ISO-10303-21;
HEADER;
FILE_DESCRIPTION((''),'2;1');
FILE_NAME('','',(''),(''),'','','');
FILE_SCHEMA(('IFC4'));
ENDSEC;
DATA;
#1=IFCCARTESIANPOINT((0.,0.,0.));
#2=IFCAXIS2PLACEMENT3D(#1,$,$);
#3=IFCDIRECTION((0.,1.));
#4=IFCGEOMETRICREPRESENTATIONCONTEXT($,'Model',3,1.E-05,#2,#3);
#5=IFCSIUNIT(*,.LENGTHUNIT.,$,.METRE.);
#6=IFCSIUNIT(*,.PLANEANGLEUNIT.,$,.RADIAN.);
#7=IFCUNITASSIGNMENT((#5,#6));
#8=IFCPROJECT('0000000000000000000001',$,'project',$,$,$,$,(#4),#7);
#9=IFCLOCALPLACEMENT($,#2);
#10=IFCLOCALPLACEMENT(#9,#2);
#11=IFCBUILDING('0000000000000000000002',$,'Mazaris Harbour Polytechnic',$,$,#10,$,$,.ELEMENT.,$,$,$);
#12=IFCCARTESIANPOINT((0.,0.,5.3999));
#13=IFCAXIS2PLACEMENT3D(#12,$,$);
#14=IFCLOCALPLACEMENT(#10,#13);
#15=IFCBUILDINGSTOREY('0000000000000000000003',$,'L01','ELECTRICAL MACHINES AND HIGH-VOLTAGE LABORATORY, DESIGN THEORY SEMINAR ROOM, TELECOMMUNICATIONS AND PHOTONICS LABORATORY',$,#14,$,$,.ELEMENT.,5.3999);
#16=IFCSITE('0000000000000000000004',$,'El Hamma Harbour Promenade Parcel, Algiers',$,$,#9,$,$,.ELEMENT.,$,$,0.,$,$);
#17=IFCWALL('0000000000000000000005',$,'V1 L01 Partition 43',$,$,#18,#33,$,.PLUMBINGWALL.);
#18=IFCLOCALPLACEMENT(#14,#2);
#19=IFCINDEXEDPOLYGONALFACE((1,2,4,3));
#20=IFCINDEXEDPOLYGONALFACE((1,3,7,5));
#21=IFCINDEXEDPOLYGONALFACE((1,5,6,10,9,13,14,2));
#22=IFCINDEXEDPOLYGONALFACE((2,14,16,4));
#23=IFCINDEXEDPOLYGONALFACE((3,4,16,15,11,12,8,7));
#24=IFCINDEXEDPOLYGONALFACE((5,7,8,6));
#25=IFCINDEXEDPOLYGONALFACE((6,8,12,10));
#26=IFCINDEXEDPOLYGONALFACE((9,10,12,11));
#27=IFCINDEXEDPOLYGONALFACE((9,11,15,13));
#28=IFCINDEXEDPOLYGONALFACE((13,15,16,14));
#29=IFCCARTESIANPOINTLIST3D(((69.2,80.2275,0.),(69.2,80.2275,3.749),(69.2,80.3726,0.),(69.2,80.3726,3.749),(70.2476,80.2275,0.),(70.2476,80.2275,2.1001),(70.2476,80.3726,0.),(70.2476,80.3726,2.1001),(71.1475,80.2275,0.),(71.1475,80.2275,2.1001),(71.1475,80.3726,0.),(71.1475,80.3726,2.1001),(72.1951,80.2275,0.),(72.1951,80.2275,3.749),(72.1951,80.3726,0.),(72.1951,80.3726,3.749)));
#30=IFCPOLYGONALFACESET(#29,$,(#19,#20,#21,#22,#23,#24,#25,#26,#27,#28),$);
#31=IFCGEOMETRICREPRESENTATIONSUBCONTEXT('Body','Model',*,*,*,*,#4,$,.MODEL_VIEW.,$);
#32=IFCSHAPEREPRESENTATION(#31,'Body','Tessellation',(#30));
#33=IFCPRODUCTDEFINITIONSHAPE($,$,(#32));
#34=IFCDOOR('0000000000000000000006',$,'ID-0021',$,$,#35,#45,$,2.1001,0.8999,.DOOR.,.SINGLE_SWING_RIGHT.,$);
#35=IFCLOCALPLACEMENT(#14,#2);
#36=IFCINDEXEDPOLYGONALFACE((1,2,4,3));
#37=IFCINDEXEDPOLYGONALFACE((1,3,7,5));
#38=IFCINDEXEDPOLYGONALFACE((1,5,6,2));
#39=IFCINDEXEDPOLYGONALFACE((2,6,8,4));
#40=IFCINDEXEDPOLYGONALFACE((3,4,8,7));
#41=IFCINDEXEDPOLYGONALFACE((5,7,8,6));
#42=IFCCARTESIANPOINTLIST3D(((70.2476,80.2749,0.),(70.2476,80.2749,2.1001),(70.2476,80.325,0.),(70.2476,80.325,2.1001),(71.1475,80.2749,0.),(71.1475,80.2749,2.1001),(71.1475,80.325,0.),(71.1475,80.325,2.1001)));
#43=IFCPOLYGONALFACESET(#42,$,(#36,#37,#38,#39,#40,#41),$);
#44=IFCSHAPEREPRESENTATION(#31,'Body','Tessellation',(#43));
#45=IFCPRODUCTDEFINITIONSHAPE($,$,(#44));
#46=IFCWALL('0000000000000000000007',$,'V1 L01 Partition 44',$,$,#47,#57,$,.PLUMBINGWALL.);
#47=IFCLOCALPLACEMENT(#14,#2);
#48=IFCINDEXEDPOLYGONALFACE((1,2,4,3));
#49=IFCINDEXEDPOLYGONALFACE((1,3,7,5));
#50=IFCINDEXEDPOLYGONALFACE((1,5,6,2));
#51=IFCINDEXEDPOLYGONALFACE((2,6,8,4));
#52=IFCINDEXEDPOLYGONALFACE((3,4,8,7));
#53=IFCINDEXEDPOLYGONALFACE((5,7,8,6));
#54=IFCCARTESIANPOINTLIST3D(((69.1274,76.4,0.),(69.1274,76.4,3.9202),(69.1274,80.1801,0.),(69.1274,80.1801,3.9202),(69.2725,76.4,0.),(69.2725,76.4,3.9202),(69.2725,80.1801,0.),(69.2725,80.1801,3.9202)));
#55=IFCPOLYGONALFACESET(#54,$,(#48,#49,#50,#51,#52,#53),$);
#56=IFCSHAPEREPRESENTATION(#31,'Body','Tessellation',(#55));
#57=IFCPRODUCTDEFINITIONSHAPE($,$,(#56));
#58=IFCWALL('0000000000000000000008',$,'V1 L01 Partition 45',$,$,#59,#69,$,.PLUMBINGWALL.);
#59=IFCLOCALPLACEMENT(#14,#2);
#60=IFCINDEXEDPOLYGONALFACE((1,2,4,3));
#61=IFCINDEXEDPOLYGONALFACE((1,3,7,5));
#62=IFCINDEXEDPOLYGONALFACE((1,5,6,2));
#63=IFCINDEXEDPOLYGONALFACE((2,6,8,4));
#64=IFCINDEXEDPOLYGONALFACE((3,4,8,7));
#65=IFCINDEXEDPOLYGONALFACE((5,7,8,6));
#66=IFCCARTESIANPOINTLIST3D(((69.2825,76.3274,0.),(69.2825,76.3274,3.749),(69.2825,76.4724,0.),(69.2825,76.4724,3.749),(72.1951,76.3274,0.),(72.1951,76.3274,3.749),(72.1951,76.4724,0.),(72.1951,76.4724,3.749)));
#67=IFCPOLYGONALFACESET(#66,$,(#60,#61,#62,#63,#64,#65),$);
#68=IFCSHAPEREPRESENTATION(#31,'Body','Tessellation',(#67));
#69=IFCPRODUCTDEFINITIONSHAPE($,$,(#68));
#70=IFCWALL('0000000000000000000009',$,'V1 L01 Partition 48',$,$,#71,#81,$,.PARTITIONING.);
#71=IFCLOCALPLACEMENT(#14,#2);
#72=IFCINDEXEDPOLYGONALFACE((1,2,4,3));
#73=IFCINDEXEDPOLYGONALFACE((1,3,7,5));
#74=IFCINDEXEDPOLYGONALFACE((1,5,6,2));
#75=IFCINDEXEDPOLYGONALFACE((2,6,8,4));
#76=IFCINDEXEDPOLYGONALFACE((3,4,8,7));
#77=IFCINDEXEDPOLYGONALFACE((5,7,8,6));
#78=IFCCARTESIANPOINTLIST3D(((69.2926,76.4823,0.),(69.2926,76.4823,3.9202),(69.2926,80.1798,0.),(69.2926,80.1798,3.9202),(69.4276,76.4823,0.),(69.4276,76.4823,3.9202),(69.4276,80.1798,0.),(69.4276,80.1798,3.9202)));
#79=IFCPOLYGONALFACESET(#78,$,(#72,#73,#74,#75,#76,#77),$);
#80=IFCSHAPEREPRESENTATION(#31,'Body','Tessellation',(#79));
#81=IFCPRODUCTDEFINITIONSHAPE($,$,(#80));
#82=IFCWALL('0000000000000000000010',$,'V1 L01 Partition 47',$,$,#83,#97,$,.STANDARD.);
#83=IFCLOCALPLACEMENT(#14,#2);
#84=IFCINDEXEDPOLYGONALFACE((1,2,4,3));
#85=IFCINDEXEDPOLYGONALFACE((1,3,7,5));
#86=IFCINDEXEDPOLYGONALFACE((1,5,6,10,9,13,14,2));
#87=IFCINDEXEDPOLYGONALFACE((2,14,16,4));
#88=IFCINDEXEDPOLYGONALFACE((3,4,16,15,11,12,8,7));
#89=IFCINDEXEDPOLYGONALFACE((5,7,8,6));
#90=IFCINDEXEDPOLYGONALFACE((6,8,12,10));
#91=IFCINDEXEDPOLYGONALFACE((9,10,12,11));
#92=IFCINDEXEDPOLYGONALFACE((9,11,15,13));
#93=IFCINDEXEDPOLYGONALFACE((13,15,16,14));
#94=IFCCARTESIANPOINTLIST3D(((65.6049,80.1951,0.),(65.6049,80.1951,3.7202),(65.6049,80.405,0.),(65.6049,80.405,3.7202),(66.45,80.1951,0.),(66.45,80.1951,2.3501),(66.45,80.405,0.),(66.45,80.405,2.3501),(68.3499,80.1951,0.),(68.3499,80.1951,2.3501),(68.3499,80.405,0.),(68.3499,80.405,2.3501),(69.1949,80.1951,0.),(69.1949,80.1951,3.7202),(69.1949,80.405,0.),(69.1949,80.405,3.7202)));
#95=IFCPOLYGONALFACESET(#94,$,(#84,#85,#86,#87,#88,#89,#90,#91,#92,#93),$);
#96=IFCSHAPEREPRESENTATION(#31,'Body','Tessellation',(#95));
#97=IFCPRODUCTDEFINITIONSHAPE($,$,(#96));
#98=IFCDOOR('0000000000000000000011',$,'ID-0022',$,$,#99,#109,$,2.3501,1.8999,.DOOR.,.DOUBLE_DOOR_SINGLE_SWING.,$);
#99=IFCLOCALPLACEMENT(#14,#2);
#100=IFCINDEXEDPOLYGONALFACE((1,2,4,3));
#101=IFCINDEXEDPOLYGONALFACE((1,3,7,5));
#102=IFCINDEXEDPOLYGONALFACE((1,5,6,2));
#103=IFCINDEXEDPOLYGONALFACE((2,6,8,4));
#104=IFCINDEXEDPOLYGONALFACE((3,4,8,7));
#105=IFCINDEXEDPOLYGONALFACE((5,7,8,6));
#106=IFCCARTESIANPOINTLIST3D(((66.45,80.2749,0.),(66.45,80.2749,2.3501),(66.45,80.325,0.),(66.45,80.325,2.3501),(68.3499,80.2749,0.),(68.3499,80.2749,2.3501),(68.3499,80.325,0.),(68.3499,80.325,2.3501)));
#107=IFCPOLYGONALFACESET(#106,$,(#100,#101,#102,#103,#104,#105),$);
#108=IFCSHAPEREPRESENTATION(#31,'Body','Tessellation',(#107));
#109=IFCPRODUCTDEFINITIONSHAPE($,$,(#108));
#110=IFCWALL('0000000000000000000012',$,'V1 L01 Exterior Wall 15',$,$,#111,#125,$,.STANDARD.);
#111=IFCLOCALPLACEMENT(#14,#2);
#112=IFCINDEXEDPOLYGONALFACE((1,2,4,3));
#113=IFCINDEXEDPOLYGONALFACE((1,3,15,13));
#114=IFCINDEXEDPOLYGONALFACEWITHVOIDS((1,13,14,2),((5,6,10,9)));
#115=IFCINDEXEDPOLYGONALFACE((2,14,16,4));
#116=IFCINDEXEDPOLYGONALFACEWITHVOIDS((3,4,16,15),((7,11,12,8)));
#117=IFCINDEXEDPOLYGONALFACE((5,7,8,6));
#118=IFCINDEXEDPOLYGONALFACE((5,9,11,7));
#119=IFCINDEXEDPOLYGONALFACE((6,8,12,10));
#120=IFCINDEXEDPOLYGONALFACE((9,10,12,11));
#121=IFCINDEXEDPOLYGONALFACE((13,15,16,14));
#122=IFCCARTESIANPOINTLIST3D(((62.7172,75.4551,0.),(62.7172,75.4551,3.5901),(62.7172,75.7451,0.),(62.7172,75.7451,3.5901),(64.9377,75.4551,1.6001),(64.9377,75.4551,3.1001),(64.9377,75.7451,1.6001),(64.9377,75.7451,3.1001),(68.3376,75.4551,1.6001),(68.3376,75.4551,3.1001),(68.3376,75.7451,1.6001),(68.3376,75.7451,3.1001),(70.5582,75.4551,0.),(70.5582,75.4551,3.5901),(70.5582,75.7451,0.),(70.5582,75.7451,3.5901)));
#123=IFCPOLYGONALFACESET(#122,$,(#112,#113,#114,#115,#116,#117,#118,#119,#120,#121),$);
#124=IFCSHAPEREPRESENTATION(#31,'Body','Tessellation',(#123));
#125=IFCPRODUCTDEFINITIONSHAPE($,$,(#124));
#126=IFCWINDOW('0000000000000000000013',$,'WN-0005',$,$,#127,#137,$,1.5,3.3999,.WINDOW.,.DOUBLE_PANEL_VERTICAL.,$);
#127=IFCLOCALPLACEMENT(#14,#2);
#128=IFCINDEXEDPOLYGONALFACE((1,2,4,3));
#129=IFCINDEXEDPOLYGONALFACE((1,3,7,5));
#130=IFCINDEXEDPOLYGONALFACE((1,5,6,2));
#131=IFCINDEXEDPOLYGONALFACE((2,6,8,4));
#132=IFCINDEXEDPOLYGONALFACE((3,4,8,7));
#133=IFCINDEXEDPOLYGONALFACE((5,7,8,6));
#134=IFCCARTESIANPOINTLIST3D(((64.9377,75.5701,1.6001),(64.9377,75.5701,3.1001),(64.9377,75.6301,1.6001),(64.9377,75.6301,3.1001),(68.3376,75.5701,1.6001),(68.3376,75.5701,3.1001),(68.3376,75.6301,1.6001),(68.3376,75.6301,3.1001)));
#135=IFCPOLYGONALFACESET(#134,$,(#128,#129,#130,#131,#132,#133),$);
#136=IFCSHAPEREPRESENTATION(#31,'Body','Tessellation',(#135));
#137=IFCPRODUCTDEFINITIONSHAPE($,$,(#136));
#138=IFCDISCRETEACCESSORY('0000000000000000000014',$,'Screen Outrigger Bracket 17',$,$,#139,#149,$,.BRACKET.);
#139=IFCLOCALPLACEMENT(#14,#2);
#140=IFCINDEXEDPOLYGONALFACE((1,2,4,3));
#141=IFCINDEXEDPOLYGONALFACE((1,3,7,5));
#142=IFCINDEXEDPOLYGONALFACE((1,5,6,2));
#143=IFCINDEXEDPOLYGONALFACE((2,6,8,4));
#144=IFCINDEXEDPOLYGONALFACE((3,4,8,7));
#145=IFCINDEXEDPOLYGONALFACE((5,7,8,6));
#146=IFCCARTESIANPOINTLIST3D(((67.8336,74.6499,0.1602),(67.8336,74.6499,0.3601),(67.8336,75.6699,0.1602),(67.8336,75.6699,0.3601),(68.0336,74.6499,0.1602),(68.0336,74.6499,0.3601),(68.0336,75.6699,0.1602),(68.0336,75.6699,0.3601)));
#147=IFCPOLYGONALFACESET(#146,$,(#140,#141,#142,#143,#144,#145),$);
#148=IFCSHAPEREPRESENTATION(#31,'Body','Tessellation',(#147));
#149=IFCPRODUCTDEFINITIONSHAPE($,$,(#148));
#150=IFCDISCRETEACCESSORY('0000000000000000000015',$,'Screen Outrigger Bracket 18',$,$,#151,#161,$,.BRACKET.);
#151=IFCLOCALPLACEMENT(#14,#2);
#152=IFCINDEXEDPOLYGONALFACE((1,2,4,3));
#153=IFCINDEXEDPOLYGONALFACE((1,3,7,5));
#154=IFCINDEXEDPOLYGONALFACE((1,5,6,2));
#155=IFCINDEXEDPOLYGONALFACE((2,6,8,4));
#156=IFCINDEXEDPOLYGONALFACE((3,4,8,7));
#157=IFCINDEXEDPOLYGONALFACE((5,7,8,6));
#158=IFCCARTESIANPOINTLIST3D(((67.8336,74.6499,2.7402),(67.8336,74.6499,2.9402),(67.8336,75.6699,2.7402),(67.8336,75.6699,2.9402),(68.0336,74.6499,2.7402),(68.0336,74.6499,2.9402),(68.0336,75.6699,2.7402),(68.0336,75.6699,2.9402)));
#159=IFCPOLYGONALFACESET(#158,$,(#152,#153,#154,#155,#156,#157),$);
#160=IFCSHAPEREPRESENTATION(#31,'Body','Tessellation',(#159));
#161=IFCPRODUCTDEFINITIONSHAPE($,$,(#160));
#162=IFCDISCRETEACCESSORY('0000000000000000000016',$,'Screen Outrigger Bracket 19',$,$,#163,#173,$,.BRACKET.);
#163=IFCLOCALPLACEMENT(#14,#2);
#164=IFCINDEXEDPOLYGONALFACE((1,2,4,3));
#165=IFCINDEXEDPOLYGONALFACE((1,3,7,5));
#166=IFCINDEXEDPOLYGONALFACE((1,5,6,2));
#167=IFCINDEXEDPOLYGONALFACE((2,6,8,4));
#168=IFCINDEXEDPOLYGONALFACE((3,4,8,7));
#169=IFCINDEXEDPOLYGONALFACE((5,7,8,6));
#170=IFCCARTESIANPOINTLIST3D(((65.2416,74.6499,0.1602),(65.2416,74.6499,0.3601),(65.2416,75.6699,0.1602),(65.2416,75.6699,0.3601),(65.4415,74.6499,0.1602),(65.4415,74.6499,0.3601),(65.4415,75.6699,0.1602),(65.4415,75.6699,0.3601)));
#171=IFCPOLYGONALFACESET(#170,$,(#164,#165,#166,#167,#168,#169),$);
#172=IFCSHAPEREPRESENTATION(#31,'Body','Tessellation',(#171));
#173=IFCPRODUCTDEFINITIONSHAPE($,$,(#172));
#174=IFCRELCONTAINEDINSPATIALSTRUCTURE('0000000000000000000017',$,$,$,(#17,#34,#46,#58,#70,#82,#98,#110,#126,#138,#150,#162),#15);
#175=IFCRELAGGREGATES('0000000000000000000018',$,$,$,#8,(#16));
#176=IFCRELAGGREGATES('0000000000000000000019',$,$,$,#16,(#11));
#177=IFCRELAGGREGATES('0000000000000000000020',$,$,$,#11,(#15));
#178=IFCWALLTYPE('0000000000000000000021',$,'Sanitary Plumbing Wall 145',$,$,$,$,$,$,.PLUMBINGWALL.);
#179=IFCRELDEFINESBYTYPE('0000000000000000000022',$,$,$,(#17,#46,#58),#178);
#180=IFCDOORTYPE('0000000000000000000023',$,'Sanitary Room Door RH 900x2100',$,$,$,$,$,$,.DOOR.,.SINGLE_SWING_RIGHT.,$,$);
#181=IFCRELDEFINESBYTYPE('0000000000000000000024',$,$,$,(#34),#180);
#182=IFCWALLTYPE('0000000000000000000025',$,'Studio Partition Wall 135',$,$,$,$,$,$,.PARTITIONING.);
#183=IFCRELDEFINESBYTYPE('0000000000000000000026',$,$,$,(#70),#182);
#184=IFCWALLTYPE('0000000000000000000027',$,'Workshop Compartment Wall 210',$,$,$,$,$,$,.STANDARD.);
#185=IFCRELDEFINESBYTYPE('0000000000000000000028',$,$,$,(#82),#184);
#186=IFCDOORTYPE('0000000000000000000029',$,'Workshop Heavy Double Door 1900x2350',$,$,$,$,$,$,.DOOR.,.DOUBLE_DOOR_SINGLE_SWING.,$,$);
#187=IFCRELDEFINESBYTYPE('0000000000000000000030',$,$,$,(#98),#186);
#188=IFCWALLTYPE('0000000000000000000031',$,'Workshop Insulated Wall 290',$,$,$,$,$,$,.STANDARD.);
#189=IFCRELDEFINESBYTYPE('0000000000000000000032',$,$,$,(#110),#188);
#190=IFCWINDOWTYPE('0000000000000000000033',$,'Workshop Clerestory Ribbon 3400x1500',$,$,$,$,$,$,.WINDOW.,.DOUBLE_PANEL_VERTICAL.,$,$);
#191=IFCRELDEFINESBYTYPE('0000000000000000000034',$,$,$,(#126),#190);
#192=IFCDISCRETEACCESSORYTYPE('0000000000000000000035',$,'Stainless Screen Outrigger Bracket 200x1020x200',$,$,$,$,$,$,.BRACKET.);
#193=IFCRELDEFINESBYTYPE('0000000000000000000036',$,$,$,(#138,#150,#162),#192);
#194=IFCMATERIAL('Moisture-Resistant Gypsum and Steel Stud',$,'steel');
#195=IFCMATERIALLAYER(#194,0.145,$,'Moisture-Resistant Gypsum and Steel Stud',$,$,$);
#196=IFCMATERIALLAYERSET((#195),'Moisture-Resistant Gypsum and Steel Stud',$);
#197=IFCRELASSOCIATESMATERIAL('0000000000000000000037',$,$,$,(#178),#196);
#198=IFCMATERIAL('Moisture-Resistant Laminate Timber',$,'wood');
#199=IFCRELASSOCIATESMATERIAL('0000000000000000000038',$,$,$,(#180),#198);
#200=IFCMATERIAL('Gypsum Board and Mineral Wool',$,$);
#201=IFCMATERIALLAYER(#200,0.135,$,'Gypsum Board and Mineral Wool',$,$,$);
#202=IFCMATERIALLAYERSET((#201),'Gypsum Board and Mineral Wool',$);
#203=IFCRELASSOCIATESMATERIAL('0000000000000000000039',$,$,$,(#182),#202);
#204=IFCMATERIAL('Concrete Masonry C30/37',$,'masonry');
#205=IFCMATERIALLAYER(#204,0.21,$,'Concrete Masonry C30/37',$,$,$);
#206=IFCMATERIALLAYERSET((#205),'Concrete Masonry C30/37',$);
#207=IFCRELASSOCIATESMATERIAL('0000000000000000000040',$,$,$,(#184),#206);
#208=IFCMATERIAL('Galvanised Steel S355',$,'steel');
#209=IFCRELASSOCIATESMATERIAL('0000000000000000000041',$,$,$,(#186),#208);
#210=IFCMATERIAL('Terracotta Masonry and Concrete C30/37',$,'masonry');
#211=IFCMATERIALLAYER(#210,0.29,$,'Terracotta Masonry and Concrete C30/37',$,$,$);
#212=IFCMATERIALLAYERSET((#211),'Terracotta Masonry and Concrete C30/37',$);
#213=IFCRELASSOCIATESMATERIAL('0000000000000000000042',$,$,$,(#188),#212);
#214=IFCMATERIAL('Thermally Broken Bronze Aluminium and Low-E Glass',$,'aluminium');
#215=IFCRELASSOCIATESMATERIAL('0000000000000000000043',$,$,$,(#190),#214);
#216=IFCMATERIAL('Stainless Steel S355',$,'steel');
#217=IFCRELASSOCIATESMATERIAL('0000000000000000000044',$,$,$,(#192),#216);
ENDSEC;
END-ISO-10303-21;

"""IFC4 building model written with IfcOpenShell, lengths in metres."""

from ifc_helpers import new_model, si_unit, direction, frame, frame_2d, origin, origin_2d, place, context, subcontext, project, spatial, rectangle, extrude, material, layer, layer_set, type_object, element, fill, save


model = new_model("IFC4")

# Units and contexts
model_context = context("Model", 3, precision=1e-05, world=origin(), true_north=direction((0.0, 1.0)))
body_context = subcontext(model_context, "Body", "Model", "MODEL_VIEW")
ifc_project = project(units=[si_unit("LENGTHUNIT", "METRE"), si_unit("PLANEANGLEUNIT", "RADIAN")], contexts=[model_context])

# Site, building, storey
site_placement = place(None, origin())
site = spatial("IfcSite", under=ifc_project, at=site_placement, Name="El Hamma Harbour Promenade Parcel, Algiers", CompositionType="ELEMENT", RefElevation=0.0)
building_placement = place(site_placement, origin())
building = spatial("IfcBuilding", under=site, at=building_placement, Name="Mazaris Harbour Polytechnic", CompositionType="ELEMENT")
storey_placement = place(building_placement, frame((0.0, 0.0, 5.3999)))
storey = spatial("IfcBuildingStorey", under=building, at=storey_placement, Name="L01", Description="ELECTRICAL MACHINES AND HIGH-VOLTAGE LABORATORY, DESIGN THEORY SEMINAR ROOM, TELECOMMUNICATIONS AND PHOTONICS LABORATORY", CompositionType="ELEMENT", Elevation=5.3999)

# Wall, opening, door
ifc_material_1 = material(Name="Moisture-Resistant Gypsum and Steel Stud", Category="steel")
ifc_layer_1 = layer(ifc_material_1, 0.145, Name="Moisture-Resistant Gypsum and Steel Stud")
ifc_layer_set_1 = layer_set([ifc_layer_1], Name="Moisture-Resistant Gypsum and Steel Stud")
wall_type_1 = type_object("IfcWallType", Name="Sanitary Plumbing Wall 145", PredefinedType="PLUMBINGWALL", material=ifc_layer_set_1)
wall_1_placement = place(storey_placement, frame((69.2, 80.3, 0.0), z_axis=(0.0, 0.0, 1.0), x_axis=(1.0, 0.0, 0.0)))
wall_1 = element("IfcWall", 1, at=wall_1_placement, inside=storey, type_object=wall_type_1, Name="V1 L01 Partition 43", PredefinedType="PLUMBINGWALL", context=body_context, shape_type="SweptSolid", body=[
    extrude(rectangle(XDim=2.9951, YDim=0.145, at=frame_2d((1.4976, 0.0))), origin(), (0.0, 0.0, 1.0), 3.749),
])
opening_1_placement = place(wall_1_placement, frame((1.0476, 0.0, 0.0)))
opening_1 = element("IfcOpeningElement", 2, at=opening_1_placement, cuts=wall_1, PredefinedType="OPENING", context=body_context, shape_type="SweptSolid", body=[
    extrude(rectangle(XDim=0.8999, YDim=2.1001, at=frame_2d((0.45, 1.05))), frame((0.0, 0.0825, 0.0), z_axis=(0.0, -1.0, 0.0), x_axis=(1.0, 0.0, 0.0)), (0.0, 0.0, 1.0), 0.165),
])
ifc_material_2 = material(Name="Moisture-Resistant Laminate Timber", Category="wood")
door_type_1 = type_object("IfcDoorType", Name="Sanitary Room Door RH 900x2100", OperationType="SINGLE_SWING_RIGHT", PredefinedType="DOOR", material=ifc_material_2)
door_1_placement = place(opening_1_placement, origin())
door_1 = element("IfcDoor", 3, at=door_1_placement, inside=storey, type_object=door_type_1, Name="ID-0021", OperationType="SINGLE_SWING_RIGHT", OverallHeight=2.1001, OverallWidth=0.8999, PredefinedType="DOOR", context=body_context, shape_type="SweptSolid", body=[
    extrude(rectangle(XDim=0.8999, YDim=2.1001, at=frame_2d((0.45, 1.05))), frame((0.0, 0.0249, 0.0), z_axis=(0.0, -1.0, 0.0), x_axis=(1.0, 0.0, 0.0)), (0.0, 0.0, 1.0), 0.05),
])
fill(opening_1, door_1)

# Walls
wall_2_placement = place(storey_placement, frame((69.2, 76.3999, 0.0), z_axis=(0.0, 0.0, 1.0), x_axis=(0.0, 1.0, 0.0)))
element("IfcWall", 4, at=wall_2_placement, inside=storey, type_object=wall_type_1, Name="V1 L01 Partition 44", PredefinedType="PLUMBINGWALL", context=body_context, shape_type="SweptSolid", body=[
    extrude(rectangle(XDim=3.78, YDim=0.145, at=frame_2d((1.8901, 0.0))), origin(), (0.0, 0.0, 1.0), 3.9202),
])
wall_3_placement = place(storey_placement, frame((69.2825, 76.3999, 0.0), z_axis=(0.0, 0.0, 1.0), x_axis=(1.0, 0.0, 0.0)))
element("IfcWall", 5, at=wall_3_placement, inside=storey, type_object=wall_type_1, Name="V1 L01 Partition 45", PredefinedType="PLUMBINGWALL", context=body_context, shape_type="SweptSolid", body=[
    extrude(rectangle(XDim=2.9126, YDim=0.145, at=frame_2d((1.4563, 0.0))), origin(), (0.0, 0.0, 1.0), 3.749),
])
ifc_material_3 = material(Name="Gypsum Board and Mineral Wool")
ifc_layer_2 = layer(ifc_material_3, 0.135, Name="Gypsum Board and Mineral Wool")
ifc_layer_set_2 = layer_set([ifc_layer_2], Name="Gypsum Board and Mineral Wool")
wall_type_2 = type_object("IfcWallType", Name="Studio Partition Wall 135", PredefinedType="PARTITIONING", material=ifc_layer_set_2)
wall_4_placement = place(storey_placement, frame((69.3601, 76.4824, 0.0), z_axis=(0.0, 0.0, 1.0), x_axis=(0.0, 1.0, 0.0)))
element("IfcWall", 6, at=wall_4_placement, inside=storey, type_object=wall_type_2, Name="V1 L01 Partition 48", PredefinedType="PARTITIONING", context=body_context, shape_type="SweptSolid", body=[
    extrude(rectangle(XDim=3.6975, YDim=0.135, at=frame_2d((1.8486, 0.0))), origin(), (0.0, 0.0, 1.0), 3.9202),
])

# Wall, opening, door
ifc_material_4 = material(Name="Concrete Masonry C30/37", Category="masonry")
ifc_layer_3 = layer(ifc_material_4, 0.21, Name="Concrete Masonry C30/37")
ifc_layer_set_3 = layer_set([ifc_layer_3], Name="Concrete Masonry C30/37")
wall_type_3 = type_object("IfcWallType", Name="Workshop Compartment Wall 210", PredefinedType="STANDARD", material=ifc_layer_set_3)
wall_5_placement = place(storey_placement, frame((65.605, 80.3, 0.0), z_axis=(0.0, 0.0, 1.0), x_axis=(1.0, 0.0, 0.0)))
wall_5 = element("IfcWall", 7, at=wall_5_placement, inside=storey, type_object=wall_type_3, Name="V1 L01 Partition 47", PredefinedType="STANDARD", context=body_context, shape_type="SweptSolid", body=[
    extrude(rectangle(XDim=3.5901, YDim=0.21, at=frame_2d((1.7949, 0.0))), origin(), (0.0, 0.0, 1.0), 3.7202),
])
opening_2_placement = place(wall_5_placement, frame((0.845, 0.0, 0.0)))
opening_2 = element("IfcOpeningElement", 8, at=opening_2_placement, cuts=wall_5, PredefinedType="OPENING", context=body_context, shape_type="SweptSolid", body=[
    extrude(rectangle(XDim=1.8999, YDim=2.3501, at=frame_2d((0.95, 1.175))), frame((0.0, 0.115, 0.0), z_axis=(0.0, -1.0, 0.0), x_axis=(1.0, 0.0, 0.0)), (0.0, 0.0, 1.0), 0.23),
])
ifc_material_5 = material(Name="Galvanised Steel S355", Category="steel")
door_type_2 = type_object("IfcDoorType", Name="Workshop Heavy Double Door 1900x2350", OperationType="DOUBLE_DOOR_SINGLE_SWING", PredefinedType="DOOR", material=ifc_material_5)
door_2_placement = place(opening_2_placement, origin())
door_2 = element("IfcDoor", 9, at=door_2_placement, inside=storey, type_object=door_type_2, Name="ID-0022", OperationType="DOUBLE_DOOR_SINGLE_SWING", OverallHeight=2.3501, OverallWidth=1.8999, PredefinedType="DOOR", context=body_context, shape_type="SweptSolid", body=[
    extrude(rectangle(XDim=1.8999, YDim=2.3501, at=frame_2d((0.95, 1.175))), frame((0.0, 0.0249, 0.0), z_axis=(0.0, -1.0, 0.0), x_axis=(1.0, 0.0, 0.0)), (0.0, 0.0, 1.0), 0.05),
])
fill(opening_2, door_2)

# Wall, opening, window
ifc_material_6 = material(Name="Terracotta Masonry and Concrete C30/37", Category="masonry")
ifc_layer_4 = layer(ifc_material_6, 0.29, Name="Terracotta Masonry and Concrete C30/37")
ifc_layer_set_4 = layer_set([ifc_layer_4], Name="Terracotta Masonry and Concrete C30/37")
wall_type_4 = type_object("IfcWallType", Name="Workshop Insulated Wall 290", PredefinedType="STANDARD", material=ifc_layer_set_4)
wall_6_placement = place(storey_placement, frame((70.5581, 75.6001, 0.0), z_axis=(0.0, 0.0, 1.0), x_axis=(-1.0, 0.0, 0.0)))
wall_6 = element("IfcWall", 10, at=wall_6_placement, inside=storey, type_object=wall_type_4, Name="V1 L01 Exterior Wall 15", PredefinedType="STANDARD", context=body_context, shape_type="SweptSolid", body=[
    extrude(rectangle(XDim=7.8411, YDim=0.29, at=frame_2d((3.9204, 0.0))), origin(), (0.0, 0.0, 1.0), 3.5901),
])
opening_3_placement = place(wall_6_placement, frame((2.2205, 0.0, 1.6001)))
opening_3 = element("IfcOpeningElement", 11, at=opening_3_placement, cuts=wall_6, PredefinedType="OPENING", context=body_context, shape_type="SweptSolid", body=[
    extrude(rectangle(XDim=3.3999, YDim=1.5, at=frame_2d((1.7, 0.75))), frame((0.0, 0.155, 0.0), z_axis=(0.0, -1.0, 0.0), x_axis=(1.0, 0.0, 0.0)), (0.0, 0.0, 1.0), 0.3101),
])
ifc_material_7 = material(Name="Thermally Broken Bronze Aluminium and Low-E Glass", Category="aluminium")
window_type = type_object("IfcWindowType", Name="Workshop Clerestory Ribbon 3400x1500", PartitioningType="DOUBLE_PANEL_VERTICAL", PredefinedType="WINDOW", material=ifc_material_7)
window_placement = place(opening_3_placement, origin())
window = element("IfcWindow", 12, at=window_placement, inside=storey, type_object=window_type, Name="WN-0005", OverallHeight=1.5, OverallWidth=3.3999, PartitioningType="DOUBLE_PANEL_VERTICAL", PredefinedType="WINDOW", context=body_context, shape_type="SweptSolid", body=[
    extrude(rectangle(XDim=3.3999, YDim=1.5, at=frame_2d((1.7, 0.75))), frame((0.0, 0.03, 0.0), z_axis=(0.0, -1.0, 0.0), x_axis=(1.0, 0.0, 0.0)), (0.0, 0.0, 1.0), 0.0601),
])
fill(opening_3, window)

# Discrete accessories
ifc_material_8 = material(Name="Stainless Steel S355", Category="steel")
discrete_accessory_type = type_object("IfcDiscreteAccessoryType", Name="Stainless Screen Outrigger Bracket 200x1020x200", PredefinedType="BRACKET", material=ifc_material_8)
for number, where, z_axis, x_axis, name in (
    (13, (67.9336, 75.1599, 0.1602), (0.0, 0.0, 1.0), (-1.0, 0.0, 0.0), "Screen Outrigger Bracket 17"),
    (14, (67.9336, 75.1599, 2.7402), (0.0, 0.0, 1.0), (-1.0, 0.0, 0.0), "Screen Outrigger Bracket 18"),
    (15, (65.3416, 75.1599, 0.1602), (0.0, 0.0, 1.0), (-1.0, 0.0, 0.0), "Screen Outrigger Bracket 19"),
):
    element("IfcDiscreteAccessory", number, at=place(storey_placement, frame(where, z_axis=z_axis, x_axis=x_axis)), inside=storey, type_object=discrete_accessory_type, Name=name, PredefinedType="BRACKET", context=body_context, shape_type="SweptSolid", body=[
        extrude(rectangle(XDim=0.2, YDim=1.02, at=origin_2d()), origin(), (0.0, 0.0, 1.0), 0.2),
    ])

save(model, "model.ifc")
